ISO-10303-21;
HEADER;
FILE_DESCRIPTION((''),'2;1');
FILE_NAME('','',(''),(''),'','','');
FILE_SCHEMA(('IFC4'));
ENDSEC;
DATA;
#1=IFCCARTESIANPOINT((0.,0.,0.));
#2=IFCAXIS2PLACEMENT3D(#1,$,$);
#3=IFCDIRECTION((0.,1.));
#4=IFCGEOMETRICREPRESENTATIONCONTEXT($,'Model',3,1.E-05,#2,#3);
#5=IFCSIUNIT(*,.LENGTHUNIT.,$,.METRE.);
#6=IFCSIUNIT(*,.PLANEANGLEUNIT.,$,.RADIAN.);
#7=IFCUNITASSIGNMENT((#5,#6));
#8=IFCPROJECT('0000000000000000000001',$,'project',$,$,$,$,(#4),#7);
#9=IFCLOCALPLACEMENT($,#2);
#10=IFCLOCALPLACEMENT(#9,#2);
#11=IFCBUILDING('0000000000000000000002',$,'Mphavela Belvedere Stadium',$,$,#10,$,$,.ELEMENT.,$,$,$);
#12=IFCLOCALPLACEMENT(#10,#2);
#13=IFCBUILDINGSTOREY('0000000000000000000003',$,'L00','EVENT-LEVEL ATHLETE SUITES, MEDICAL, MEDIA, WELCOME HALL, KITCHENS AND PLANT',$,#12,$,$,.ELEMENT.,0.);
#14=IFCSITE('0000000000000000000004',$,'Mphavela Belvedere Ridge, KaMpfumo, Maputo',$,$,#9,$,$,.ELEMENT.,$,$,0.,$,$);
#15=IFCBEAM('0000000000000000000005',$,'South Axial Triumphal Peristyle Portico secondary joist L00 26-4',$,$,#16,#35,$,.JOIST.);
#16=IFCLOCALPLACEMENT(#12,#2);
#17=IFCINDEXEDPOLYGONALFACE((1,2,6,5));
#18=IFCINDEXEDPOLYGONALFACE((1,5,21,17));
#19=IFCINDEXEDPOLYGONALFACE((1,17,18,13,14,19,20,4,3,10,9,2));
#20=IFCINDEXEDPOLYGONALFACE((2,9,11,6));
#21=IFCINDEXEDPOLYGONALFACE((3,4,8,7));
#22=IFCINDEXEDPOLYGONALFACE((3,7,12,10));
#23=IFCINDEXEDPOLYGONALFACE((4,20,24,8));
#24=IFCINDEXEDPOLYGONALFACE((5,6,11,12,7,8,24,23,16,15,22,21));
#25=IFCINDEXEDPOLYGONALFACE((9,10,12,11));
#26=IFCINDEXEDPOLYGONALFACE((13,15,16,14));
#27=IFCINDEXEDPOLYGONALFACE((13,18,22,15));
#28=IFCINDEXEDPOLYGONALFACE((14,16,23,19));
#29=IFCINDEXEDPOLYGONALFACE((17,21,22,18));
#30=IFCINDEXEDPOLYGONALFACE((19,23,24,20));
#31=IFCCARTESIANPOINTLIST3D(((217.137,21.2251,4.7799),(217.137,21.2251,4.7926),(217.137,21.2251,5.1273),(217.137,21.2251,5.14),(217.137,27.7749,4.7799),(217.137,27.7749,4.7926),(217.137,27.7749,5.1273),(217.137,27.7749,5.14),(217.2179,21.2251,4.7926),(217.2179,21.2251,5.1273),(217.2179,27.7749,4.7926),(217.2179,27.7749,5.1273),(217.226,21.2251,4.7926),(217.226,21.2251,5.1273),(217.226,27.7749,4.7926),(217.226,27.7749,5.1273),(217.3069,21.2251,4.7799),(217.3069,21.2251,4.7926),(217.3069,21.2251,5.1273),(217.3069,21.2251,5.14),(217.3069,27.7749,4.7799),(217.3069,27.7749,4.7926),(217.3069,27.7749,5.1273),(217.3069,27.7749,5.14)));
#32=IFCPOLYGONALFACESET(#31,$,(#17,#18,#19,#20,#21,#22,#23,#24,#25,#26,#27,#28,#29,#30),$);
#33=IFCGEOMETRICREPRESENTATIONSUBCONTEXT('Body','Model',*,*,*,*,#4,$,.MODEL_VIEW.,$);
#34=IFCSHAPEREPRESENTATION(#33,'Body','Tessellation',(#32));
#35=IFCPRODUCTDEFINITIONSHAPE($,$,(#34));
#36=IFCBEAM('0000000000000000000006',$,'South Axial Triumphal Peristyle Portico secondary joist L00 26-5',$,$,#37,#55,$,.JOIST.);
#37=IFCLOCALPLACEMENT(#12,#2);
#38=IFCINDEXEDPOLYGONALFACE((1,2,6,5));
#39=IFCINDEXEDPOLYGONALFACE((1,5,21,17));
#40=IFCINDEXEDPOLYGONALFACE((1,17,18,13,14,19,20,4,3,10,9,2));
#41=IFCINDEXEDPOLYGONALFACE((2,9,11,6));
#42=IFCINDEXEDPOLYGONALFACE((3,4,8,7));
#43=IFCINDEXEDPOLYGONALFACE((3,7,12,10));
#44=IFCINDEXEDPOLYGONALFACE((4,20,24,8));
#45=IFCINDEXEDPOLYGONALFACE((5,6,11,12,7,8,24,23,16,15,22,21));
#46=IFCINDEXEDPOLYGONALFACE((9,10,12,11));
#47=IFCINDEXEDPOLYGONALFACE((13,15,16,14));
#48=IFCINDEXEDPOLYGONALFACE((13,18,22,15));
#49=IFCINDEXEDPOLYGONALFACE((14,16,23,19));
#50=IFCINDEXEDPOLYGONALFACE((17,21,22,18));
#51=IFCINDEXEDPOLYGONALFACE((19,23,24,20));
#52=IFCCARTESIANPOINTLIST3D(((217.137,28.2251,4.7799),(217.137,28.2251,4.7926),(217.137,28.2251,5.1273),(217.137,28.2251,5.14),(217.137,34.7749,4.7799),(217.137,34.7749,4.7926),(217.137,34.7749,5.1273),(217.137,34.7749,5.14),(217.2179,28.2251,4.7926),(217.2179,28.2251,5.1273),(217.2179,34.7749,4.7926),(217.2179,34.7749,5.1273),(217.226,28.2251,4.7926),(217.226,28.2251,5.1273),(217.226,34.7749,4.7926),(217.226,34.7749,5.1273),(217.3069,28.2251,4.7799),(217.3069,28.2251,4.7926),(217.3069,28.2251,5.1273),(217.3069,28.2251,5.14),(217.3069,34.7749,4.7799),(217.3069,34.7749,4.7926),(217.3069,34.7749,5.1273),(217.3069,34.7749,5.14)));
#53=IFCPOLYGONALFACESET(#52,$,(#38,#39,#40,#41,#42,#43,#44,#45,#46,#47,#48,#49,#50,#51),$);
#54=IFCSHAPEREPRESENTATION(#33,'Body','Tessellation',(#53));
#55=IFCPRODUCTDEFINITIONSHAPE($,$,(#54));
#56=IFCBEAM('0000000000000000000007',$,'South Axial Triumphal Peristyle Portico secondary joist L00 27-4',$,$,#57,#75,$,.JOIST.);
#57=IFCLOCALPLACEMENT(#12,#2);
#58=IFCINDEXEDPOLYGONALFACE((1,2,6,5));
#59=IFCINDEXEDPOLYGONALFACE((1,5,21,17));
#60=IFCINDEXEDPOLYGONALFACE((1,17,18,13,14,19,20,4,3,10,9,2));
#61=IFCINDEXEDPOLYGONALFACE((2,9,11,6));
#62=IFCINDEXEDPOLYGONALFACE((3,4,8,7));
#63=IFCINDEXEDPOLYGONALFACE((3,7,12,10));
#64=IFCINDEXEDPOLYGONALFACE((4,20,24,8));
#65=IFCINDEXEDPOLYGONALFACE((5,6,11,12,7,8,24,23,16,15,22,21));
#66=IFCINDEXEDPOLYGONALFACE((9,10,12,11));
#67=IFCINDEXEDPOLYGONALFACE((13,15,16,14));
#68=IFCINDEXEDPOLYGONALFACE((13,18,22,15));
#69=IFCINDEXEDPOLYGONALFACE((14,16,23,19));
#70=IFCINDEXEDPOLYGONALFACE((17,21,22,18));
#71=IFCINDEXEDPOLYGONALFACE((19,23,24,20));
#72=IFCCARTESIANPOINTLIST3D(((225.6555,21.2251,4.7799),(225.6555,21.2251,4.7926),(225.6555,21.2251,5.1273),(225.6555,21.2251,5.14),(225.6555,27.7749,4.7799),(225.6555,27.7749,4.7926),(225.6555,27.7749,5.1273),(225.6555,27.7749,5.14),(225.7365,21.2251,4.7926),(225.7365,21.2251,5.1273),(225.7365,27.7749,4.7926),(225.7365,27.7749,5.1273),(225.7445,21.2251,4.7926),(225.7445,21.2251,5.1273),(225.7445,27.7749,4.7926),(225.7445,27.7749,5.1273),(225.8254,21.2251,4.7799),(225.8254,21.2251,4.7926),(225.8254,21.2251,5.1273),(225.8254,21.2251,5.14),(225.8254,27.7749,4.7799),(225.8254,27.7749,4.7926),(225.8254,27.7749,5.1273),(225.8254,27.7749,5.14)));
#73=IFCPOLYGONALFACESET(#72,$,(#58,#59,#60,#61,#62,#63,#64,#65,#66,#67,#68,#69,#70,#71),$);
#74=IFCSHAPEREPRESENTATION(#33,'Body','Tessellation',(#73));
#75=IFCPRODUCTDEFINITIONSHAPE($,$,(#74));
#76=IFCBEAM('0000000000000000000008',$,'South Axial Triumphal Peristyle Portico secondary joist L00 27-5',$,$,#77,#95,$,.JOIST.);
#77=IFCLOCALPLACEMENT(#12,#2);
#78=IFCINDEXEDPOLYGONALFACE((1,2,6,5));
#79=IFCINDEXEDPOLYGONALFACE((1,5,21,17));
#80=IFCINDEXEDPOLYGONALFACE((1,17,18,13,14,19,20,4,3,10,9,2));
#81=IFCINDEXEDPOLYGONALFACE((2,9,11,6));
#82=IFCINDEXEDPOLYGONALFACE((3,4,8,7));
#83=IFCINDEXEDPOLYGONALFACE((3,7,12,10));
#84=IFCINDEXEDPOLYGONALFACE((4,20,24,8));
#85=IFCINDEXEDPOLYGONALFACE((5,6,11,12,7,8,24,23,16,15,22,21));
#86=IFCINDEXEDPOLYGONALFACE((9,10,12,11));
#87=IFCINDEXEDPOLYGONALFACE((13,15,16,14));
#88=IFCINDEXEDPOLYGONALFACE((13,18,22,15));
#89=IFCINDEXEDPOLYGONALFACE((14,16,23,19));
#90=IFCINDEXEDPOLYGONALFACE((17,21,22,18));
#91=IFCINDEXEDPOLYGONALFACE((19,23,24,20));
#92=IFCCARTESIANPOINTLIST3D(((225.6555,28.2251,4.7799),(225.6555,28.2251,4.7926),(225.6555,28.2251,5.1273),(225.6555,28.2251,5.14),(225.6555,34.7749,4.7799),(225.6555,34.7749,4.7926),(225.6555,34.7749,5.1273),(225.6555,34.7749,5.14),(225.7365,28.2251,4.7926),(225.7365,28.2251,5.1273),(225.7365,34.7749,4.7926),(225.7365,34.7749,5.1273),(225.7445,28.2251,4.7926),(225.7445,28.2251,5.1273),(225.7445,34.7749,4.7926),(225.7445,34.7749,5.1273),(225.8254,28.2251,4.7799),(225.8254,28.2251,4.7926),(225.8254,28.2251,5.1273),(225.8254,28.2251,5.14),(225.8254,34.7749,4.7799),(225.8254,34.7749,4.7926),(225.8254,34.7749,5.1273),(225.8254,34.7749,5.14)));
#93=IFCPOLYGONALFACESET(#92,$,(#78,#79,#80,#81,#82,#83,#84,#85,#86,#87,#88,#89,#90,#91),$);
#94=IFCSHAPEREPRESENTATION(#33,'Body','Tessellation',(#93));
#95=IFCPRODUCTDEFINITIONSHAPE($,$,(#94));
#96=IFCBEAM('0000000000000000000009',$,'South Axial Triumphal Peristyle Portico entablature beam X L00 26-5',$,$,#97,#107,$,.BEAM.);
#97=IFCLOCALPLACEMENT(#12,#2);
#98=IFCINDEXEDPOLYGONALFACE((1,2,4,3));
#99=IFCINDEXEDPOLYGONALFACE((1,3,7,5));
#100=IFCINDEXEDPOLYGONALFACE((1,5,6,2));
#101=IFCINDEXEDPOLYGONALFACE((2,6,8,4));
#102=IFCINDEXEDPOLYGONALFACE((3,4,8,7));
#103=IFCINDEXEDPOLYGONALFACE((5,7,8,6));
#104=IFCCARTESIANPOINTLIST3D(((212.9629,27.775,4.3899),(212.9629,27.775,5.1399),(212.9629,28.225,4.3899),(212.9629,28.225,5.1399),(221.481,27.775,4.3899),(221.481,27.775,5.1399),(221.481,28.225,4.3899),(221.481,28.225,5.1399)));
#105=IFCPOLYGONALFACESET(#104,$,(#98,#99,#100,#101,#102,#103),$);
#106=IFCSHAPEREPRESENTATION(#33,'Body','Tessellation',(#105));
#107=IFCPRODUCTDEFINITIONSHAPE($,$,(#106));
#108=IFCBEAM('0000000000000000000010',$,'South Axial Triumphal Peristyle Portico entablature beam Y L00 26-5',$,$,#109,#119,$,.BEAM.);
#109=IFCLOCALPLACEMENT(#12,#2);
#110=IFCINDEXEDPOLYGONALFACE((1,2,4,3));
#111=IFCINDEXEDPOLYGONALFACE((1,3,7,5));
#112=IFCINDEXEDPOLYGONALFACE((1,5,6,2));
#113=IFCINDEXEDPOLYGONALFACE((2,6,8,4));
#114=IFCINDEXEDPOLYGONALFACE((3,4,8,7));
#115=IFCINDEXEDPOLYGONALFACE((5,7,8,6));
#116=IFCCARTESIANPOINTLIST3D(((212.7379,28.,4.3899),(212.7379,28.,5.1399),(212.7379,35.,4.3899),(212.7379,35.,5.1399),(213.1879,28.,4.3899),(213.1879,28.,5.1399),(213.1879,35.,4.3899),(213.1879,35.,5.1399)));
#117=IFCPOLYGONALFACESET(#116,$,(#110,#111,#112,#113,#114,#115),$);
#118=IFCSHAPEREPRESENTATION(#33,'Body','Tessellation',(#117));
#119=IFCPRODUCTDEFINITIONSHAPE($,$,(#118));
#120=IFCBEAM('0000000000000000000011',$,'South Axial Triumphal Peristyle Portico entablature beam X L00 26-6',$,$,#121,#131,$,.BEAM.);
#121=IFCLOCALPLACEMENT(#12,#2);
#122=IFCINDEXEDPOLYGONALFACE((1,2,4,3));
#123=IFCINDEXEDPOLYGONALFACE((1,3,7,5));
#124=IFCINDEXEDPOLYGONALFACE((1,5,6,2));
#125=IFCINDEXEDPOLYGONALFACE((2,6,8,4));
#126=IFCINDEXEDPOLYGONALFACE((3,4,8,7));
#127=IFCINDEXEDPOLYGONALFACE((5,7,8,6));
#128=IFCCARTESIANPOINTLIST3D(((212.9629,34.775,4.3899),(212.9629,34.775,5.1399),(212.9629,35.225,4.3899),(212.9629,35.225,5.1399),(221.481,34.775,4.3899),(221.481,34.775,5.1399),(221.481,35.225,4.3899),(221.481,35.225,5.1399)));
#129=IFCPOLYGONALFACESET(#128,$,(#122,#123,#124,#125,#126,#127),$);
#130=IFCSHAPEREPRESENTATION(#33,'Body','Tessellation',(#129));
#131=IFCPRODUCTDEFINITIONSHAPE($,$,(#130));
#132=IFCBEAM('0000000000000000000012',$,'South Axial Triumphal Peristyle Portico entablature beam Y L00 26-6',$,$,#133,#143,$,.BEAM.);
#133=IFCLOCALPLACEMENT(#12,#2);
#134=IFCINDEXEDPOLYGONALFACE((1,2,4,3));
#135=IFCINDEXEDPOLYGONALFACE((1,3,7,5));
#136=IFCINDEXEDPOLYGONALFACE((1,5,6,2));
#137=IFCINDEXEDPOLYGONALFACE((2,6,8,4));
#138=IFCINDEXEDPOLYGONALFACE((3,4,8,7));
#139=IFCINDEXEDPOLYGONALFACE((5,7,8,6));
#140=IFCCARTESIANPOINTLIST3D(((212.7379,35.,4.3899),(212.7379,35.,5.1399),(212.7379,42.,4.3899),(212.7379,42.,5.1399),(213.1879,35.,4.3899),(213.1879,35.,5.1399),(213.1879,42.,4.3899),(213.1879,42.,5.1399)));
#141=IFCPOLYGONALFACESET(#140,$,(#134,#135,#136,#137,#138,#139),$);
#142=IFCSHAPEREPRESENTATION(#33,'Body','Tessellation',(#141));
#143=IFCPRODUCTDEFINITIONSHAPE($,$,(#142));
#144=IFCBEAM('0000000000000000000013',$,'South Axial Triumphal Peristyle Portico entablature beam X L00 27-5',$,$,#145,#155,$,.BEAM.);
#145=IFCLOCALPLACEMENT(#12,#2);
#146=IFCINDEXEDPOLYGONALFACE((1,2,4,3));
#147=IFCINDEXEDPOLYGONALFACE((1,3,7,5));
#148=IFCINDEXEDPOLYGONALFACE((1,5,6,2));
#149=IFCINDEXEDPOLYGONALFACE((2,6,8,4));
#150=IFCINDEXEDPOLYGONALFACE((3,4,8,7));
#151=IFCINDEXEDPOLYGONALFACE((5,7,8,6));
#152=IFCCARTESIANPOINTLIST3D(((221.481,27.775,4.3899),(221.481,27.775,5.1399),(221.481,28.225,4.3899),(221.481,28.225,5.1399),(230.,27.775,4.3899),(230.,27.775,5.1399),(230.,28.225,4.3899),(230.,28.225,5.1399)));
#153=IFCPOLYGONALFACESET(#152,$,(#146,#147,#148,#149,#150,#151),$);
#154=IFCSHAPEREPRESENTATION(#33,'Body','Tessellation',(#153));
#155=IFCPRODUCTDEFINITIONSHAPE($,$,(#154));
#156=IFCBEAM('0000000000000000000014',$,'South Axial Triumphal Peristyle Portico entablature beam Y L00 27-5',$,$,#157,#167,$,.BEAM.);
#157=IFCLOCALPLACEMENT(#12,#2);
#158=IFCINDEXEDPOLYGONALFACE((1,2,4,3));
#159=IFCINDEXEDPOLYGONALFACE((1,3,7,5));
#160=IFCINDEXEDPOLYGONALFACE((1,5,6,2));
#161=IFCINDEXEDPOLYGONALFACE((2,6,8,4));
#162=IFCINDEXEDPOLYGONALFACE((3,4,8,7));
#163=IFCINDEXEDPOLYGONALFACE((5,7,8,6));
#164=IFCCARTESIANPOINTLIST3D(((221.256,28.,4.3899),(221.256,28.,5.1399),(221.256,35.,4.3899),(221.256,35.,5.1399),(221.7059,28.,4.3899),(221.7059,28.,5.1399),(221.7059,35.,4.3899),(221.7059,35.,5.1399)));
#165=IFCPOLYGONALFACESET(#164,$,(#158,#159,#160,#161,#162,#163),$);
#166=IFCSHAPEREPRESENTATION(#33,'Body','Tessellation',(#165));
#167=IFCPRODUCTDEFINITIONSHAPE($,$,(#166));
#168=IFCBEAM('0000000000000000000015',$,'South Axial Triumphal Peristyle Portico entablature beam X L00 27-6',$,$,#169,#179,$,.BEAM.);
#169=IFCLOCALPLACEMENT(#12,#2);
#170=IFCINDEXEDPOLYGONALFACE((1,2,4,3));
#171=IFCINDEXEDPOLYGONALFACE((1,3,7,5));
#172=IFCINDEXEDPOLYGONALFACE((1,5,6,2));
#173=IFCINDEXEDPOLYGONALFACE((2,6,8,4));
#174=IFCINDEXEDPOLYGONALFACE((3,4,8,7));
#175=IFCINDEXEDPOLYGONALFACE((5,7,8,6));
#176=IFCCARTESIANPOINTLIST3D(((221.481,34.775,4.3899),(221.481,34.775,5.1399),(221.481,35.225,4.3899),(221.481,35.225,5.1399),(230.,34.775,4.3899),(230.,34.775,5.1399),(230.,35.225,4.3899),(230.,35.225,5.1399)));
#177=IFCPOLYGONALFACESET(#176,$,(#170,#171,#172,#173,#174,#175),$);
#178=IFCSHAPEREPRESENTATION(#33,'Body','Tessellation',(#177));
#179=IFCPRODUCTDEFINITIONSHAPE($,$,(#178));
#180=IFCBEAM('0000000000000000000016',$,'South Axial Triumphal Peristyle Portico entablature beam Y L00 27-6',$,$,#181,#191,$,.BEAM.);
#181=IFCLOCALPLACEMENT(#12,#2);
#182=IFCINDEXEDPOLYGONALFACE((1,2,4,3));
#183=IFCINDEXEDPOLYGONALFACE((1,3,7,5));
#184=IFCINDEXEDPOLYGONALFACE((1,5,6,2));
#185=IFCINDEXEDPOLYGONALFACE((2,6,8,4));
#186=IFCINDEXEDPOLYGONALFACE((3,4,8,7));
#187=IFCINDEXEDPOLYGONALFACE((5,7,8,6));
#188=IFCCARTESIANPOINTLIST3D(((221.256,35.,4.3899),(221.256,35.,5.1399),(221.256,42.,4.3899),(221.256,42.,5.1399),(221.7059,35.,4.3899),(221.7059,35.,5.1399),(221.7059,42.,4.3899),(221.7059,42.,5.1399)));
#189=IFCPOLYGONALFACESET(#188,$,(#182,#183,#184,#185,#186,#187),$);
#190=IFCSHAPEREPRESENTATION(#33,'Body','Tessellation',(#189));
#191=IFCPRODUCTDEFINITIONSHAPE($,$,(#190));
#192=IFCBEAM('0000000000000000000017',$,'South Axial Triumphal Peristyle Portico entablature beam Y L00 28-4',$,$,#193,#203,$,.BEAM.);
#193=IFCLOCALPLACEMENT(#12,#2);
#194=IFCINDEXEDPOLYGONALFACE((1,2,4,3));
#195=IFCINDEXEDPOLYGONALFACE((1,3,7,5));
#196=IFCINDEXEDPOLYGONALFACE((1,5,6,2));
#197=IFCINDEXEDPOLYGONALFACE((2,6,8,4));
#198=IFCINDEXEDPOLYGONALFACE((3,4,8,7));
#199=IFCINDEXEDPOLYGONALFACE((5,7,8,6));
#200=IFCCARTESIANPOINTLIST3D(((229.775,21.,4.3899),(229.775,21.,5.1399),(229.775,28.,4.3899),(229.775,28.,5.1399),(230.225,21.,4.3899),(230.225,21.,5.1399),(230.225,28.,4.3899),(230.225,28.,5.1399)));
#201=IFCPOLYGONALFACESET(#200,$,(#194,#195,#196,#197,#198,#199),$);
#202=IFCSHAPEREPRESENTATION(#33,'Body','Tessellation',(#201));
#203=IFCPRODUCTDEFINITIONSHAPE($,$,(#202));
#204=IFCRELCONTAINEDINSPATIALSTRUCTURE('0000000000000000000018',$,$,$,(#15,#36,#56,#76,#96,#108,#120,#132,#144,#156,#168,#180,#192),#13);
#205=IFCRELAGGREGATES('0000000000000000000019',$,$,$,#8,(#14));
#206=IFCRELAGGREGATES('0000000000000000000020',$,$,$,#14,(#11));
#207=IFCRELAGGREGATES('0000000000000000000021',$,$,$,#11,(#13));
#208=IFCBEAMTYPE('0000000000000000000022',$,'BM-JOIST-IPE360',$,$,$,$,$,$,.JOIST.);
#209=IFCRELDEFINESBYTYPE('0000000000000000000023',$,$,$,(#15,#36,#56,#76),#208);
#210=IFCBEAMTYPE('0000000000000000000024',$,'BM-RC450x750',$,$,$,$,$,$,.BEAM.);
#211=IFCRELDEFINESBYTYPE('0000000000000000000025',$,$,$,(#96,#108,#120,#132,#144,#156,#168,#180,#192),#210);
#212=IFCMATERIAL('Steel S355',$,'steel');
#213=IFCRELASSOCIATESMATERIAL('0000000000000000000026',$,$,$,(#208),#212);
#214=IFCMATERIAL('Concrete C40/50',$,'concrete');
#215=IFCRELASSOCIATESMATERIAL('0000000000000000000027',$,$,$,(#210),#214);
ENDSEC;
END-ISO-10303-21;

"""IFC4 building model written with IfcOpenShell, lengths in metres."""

from ifc_helpers import new_model, si_unit, direction, frame, origin, origin_2d, place, context, subcontext, project, spatial, rectangle, i_section, extrude, material, material_profile, profile_set, type_object, element, save


model = new_model("IFC4")

# Units and contexts
model_context = context("Model", 3, precision=1e-05, world=origin(), true_north=direction((0.0, 1.0)))
body_context = subcontext(model_context, "Body", "Model", "MODEL_VIEW")
ifc_project = project(units=[si_unit("LENGTHUNIT", "METRE"), si_unit("PLANEANGLEUNIT", "RADIAN")], contexts=[model_context])

# Site, building, storey
site_placement = place(None, origin())
site = spatial("IfcSite", under=ifc_project, at=site_placement, Name="Mphavela Belvedere Ridge, KaMpfumo, Maputo", CompositionType="ELEMENT", RefElevation=0.0)
building_placement = place(site_placement, origin())
building = spatial("IfcBuilding", under=site, at=building_placement, Name="Mphavela Belvedere Stadium", CompositionType="ELEMENT")
storey_placement = place(building_placement, origin())
storey = spatial("IfcBuildingStorey", under=building, at=storey_placement, Name="L00", Description="EVENT-LEVEL ATHLETE SUITES, MEDICAL, MEDIA, WELCOME HALL, KITCHENS AND PLANT", CompositionType="ELEMENT", Elevation=0.0)

# Beams
ifc_material_1 = material(Name="Steel S355", Category="steel")
ifc_material_profile_1 = material_profile(ifc_material_1, i_section(OverallWidth=0.1699, OverallDepth=0.3601, WebThickness=0.0081, FlangeThickness=0.0127, at=origin_2d()), Name="IPE 360")
ifc_profile_set_1 = profile_set([ifc_material_profile_1], Name="Steel S355")
beam_type_1 = type_object("IfcBeamType", Name="BM-JOIST-IPE360", PredefinedType="JOIST", material=ifc_profile_set_1)
for number, where, z_axis, x_axis, name in (
    (1, (217.2219, 21.2251, 4.96), (0.0, 1.0, 0.0), (-1.0, 0.0, 0.0), "South Axial Triumphal Peristyle Portico secondary joist L00 26-4"),
    (2, (217.2219, 28.2251, 4.96), (0.0, 1.0, 0.0), (-1.0, 0.0, 0.0), "South Axial Triumphal Peristyle Portico secondary joist L00 26-5"),
    (3, (225.7405, 21.2251, 4.96), (0.0, 1.0, 0.0), (-1.0, 0.0, 0.0), "South Axial Triumphal Peristyle Portico secondary joist L00 27-4"),
    (4, (225.7405, 28.2251, 4.96), (0.0, 1.0, 0.0), (-1.0, 0.0, 0.0), "South Axial Triumphal Peristyle Portico secondary joist L00 27-5"),
):
    element("IfcBeam", number, at=place(storey_placement, frame(where, z_axis=z_axis, x_axis=x_axis)), inside=storey, type_object=beam_type_1, Name=name, PredefinedType="JOIST", context=body_context, shape_type="SweptSolid", body=[
        extrude(i_section(OverallWidth=0.1699, OverallDepth=0.3601, WebThickness=0.0081, FlangeThickness=0.0127, at=origin_2d()), origin(), (0.0, 0.0, 1.0), 6.5498),
    ])
ifc_material_2 = material(Name="Concrete C40/50", Category="concrete")
ifc_material_profile_2 = material_profile(ifc_material_2, rectangle(XDim=0.45, YDim=0.75, at=origin_2d()), Name="RC 450x750")
ifc_profile_set_2 = profile_set([ifc_material_profile_2], Name="Concrete C40/50")
beam_type_2 = type_object("IfcBeamType", Name="BM-RC450x750", PredefinedType="BEAM", material=ifc_profile_set_2)
beam_1_placement = place(storey_placement, frame((212.9629, 28.0, 4.7649), z_axis=(1.0, 0.0, 0.0), x_axis=(0.0, 1.0, 0.0)))
element("IfcBeam", 5, at=beam_1_placement, inside=storey, type_object=beam_type_2, Name="South Axial Triumphal Peristyle Portico entablature beam X L00 26-5", PredefinedType="BEAM", context=body_context, shape_type="SweptSolid", body=[
    extrude(rectangle(XDim=0.45, YDim=0.75, at=origin_2d()), origin(), (0.0, 0.0, 1.0), 8.5181),
])
beam_2_placement = place(storey_placement, frame((212.9629, 28.0, 4.7649), z_axis=(0.0, 1.0, 0.0), x_axis=(-1.0, 0.0, 0.0)))
element("IfcBeam", 6, at=beam_2_placement, inside=storey, type_object=beam_type_2, Name="South Axial Triumphal Peristyle Portico entablature beam Y L00 26-5", PredefinedType="BEAM", context=body_context, shape_type="SweptSolid", body=[
    extrude(rectangle(XDim=0.45, YDim=0.75, at=origin_2d()), origin(), (0.0, 0.0, 1.0), 7.0),
])
beam_3_placement = place(storey_placement, frame((212.9629, 35.0, 4.7649), z_axis=(1.0, 0.0, 0.0), x_axis=(0.0, 1.0, 0.0)))
element("IfcBeam", 7, at=beam_3_placement, inside=storey, type_object=beam_type_2, Name="South Axial Triumphal Peristyle Portico entablature beam X L00 26-6", PredefinedType="BEAM", context=body_context, shape_type="SweptSolid", body=[
    extrude(rectangle(XDim=0.45, YDim=0.75, at=origin_2d()), origin(), (0.0, 0.0, 1.0), 8.5181),
])
beam_4_placement = place(storey_placement, frame((212.9629, 35.0, 4.7649), z_axis=(0.0, 1.0, 0.0), x_axis=(-1.0, 0.0, 0.0)))
element("IfcBeam", 8, at=beam_4_placement, inside=storey, type_object=beam_type_2, Name="South Axial Triumphal Peristyle Portico entablature beam Y L00 26-6", PredefinedType="BEAM", context=body_context, shape_type="SweptSolid", body=[
    extrude(rectangle(XDim=0.45, YDim=0.75, at=origin_2d()), origin(), (0.0, 0.0, 1.0), 7.0),
])
beam_5_placement = place(storey_placement, frame((221.481, 28.0, 4.7649), z_axis=(1.0, 0.0, 0.0), x_axis=(0.0, 1.0, 0.0)))
element("IfcBeam", 9, at=beam_5_placement, inside=storey, type_object=beam_type_2, Name="South Axial Triumphal Peristyle Portico entablature beam X L00 27-5", PredefinedType="BEAM", context=body_context, shape_type="SweptSolid", body=[
    extrude(rectangle(XDim=0.45, YDim=0.75, at=origin_2d()), origin(), (0.0, 0.0, 1.0), 8.519),
])
beam_6_placement = place(storey_placement, frame((221.481, 28.0, 4.7649), z_axis=(0.0, 1.0, 0.0), x_axis=(-1.0, 0.0, 0.0)))
element("IfcBeam", 10, at=beam_6_placement, inside=storey, type_object=beam_type_2, Name="South Axial Triumphal Peristyle Portico entablature beam Y L00 27-5", PredefinedType="BEAM", context=body_context, shape_type="SweptSolid", body=[
    extrude(rectangle(XDim=0.45, YDim=0.75, at=origin_2d()), origin(), (0.0, 0.0, 1.0), 7.0),
])
beam_7_placement = place(storey_placement, frame((221.481, 35.0, 4.7649), z_axis=(1.0, 0.0, 0.0), x_axis=(0.0, 1.0, 0.0)))
element("IfcBeam", 11, at=beam_7_placement, inside=storey, type_object=beam_type_2, Name="South Axial Triumphal Peristyle Portico entablature beam X L00 27-6", PredefinedType="BEAM", context=body_context, shape_type="SweptSolid", body=[
    extrude(rectangle(XDim=0.45, YDim=0.75, at=origin_2d()), origin(), (0.0, 0.0, 1.0), 8.519),
])
for number, where, z_axis, x_axis, name in (
    (12, (221.481, 35.0, 4.7649), (0.0, 1.0, 0.0), (-1.0, 0.0, 0.0), "South Axial Triumphal Peristyle Portico entablature beam Y L00 27-6"),
    (13, (230.0, 21.0, 4.7649), (0.0, 1.0, 0.0), (-1.0, 0.0, 0.0), "South Axial Triumphal Peristyle Portico entablature beam Y L00 28-4"),
):
    element("IfcBeam", number, at=place(storey_placement, frame(where, z_axis=z_axis, x_axis=x_axis)), inside=storey, type_object=beam_type_2, Name=name, PredefinedType="BEAM", context=body_context, shape_type="SweptSolid", body=[
        extrude(rectangle(XDim=0.45, YDim=0.75, at=origin_2d()), origin(), (0.0, 0.0, 1.0), 7.0),
    ])

save(model, "model.ifc")
